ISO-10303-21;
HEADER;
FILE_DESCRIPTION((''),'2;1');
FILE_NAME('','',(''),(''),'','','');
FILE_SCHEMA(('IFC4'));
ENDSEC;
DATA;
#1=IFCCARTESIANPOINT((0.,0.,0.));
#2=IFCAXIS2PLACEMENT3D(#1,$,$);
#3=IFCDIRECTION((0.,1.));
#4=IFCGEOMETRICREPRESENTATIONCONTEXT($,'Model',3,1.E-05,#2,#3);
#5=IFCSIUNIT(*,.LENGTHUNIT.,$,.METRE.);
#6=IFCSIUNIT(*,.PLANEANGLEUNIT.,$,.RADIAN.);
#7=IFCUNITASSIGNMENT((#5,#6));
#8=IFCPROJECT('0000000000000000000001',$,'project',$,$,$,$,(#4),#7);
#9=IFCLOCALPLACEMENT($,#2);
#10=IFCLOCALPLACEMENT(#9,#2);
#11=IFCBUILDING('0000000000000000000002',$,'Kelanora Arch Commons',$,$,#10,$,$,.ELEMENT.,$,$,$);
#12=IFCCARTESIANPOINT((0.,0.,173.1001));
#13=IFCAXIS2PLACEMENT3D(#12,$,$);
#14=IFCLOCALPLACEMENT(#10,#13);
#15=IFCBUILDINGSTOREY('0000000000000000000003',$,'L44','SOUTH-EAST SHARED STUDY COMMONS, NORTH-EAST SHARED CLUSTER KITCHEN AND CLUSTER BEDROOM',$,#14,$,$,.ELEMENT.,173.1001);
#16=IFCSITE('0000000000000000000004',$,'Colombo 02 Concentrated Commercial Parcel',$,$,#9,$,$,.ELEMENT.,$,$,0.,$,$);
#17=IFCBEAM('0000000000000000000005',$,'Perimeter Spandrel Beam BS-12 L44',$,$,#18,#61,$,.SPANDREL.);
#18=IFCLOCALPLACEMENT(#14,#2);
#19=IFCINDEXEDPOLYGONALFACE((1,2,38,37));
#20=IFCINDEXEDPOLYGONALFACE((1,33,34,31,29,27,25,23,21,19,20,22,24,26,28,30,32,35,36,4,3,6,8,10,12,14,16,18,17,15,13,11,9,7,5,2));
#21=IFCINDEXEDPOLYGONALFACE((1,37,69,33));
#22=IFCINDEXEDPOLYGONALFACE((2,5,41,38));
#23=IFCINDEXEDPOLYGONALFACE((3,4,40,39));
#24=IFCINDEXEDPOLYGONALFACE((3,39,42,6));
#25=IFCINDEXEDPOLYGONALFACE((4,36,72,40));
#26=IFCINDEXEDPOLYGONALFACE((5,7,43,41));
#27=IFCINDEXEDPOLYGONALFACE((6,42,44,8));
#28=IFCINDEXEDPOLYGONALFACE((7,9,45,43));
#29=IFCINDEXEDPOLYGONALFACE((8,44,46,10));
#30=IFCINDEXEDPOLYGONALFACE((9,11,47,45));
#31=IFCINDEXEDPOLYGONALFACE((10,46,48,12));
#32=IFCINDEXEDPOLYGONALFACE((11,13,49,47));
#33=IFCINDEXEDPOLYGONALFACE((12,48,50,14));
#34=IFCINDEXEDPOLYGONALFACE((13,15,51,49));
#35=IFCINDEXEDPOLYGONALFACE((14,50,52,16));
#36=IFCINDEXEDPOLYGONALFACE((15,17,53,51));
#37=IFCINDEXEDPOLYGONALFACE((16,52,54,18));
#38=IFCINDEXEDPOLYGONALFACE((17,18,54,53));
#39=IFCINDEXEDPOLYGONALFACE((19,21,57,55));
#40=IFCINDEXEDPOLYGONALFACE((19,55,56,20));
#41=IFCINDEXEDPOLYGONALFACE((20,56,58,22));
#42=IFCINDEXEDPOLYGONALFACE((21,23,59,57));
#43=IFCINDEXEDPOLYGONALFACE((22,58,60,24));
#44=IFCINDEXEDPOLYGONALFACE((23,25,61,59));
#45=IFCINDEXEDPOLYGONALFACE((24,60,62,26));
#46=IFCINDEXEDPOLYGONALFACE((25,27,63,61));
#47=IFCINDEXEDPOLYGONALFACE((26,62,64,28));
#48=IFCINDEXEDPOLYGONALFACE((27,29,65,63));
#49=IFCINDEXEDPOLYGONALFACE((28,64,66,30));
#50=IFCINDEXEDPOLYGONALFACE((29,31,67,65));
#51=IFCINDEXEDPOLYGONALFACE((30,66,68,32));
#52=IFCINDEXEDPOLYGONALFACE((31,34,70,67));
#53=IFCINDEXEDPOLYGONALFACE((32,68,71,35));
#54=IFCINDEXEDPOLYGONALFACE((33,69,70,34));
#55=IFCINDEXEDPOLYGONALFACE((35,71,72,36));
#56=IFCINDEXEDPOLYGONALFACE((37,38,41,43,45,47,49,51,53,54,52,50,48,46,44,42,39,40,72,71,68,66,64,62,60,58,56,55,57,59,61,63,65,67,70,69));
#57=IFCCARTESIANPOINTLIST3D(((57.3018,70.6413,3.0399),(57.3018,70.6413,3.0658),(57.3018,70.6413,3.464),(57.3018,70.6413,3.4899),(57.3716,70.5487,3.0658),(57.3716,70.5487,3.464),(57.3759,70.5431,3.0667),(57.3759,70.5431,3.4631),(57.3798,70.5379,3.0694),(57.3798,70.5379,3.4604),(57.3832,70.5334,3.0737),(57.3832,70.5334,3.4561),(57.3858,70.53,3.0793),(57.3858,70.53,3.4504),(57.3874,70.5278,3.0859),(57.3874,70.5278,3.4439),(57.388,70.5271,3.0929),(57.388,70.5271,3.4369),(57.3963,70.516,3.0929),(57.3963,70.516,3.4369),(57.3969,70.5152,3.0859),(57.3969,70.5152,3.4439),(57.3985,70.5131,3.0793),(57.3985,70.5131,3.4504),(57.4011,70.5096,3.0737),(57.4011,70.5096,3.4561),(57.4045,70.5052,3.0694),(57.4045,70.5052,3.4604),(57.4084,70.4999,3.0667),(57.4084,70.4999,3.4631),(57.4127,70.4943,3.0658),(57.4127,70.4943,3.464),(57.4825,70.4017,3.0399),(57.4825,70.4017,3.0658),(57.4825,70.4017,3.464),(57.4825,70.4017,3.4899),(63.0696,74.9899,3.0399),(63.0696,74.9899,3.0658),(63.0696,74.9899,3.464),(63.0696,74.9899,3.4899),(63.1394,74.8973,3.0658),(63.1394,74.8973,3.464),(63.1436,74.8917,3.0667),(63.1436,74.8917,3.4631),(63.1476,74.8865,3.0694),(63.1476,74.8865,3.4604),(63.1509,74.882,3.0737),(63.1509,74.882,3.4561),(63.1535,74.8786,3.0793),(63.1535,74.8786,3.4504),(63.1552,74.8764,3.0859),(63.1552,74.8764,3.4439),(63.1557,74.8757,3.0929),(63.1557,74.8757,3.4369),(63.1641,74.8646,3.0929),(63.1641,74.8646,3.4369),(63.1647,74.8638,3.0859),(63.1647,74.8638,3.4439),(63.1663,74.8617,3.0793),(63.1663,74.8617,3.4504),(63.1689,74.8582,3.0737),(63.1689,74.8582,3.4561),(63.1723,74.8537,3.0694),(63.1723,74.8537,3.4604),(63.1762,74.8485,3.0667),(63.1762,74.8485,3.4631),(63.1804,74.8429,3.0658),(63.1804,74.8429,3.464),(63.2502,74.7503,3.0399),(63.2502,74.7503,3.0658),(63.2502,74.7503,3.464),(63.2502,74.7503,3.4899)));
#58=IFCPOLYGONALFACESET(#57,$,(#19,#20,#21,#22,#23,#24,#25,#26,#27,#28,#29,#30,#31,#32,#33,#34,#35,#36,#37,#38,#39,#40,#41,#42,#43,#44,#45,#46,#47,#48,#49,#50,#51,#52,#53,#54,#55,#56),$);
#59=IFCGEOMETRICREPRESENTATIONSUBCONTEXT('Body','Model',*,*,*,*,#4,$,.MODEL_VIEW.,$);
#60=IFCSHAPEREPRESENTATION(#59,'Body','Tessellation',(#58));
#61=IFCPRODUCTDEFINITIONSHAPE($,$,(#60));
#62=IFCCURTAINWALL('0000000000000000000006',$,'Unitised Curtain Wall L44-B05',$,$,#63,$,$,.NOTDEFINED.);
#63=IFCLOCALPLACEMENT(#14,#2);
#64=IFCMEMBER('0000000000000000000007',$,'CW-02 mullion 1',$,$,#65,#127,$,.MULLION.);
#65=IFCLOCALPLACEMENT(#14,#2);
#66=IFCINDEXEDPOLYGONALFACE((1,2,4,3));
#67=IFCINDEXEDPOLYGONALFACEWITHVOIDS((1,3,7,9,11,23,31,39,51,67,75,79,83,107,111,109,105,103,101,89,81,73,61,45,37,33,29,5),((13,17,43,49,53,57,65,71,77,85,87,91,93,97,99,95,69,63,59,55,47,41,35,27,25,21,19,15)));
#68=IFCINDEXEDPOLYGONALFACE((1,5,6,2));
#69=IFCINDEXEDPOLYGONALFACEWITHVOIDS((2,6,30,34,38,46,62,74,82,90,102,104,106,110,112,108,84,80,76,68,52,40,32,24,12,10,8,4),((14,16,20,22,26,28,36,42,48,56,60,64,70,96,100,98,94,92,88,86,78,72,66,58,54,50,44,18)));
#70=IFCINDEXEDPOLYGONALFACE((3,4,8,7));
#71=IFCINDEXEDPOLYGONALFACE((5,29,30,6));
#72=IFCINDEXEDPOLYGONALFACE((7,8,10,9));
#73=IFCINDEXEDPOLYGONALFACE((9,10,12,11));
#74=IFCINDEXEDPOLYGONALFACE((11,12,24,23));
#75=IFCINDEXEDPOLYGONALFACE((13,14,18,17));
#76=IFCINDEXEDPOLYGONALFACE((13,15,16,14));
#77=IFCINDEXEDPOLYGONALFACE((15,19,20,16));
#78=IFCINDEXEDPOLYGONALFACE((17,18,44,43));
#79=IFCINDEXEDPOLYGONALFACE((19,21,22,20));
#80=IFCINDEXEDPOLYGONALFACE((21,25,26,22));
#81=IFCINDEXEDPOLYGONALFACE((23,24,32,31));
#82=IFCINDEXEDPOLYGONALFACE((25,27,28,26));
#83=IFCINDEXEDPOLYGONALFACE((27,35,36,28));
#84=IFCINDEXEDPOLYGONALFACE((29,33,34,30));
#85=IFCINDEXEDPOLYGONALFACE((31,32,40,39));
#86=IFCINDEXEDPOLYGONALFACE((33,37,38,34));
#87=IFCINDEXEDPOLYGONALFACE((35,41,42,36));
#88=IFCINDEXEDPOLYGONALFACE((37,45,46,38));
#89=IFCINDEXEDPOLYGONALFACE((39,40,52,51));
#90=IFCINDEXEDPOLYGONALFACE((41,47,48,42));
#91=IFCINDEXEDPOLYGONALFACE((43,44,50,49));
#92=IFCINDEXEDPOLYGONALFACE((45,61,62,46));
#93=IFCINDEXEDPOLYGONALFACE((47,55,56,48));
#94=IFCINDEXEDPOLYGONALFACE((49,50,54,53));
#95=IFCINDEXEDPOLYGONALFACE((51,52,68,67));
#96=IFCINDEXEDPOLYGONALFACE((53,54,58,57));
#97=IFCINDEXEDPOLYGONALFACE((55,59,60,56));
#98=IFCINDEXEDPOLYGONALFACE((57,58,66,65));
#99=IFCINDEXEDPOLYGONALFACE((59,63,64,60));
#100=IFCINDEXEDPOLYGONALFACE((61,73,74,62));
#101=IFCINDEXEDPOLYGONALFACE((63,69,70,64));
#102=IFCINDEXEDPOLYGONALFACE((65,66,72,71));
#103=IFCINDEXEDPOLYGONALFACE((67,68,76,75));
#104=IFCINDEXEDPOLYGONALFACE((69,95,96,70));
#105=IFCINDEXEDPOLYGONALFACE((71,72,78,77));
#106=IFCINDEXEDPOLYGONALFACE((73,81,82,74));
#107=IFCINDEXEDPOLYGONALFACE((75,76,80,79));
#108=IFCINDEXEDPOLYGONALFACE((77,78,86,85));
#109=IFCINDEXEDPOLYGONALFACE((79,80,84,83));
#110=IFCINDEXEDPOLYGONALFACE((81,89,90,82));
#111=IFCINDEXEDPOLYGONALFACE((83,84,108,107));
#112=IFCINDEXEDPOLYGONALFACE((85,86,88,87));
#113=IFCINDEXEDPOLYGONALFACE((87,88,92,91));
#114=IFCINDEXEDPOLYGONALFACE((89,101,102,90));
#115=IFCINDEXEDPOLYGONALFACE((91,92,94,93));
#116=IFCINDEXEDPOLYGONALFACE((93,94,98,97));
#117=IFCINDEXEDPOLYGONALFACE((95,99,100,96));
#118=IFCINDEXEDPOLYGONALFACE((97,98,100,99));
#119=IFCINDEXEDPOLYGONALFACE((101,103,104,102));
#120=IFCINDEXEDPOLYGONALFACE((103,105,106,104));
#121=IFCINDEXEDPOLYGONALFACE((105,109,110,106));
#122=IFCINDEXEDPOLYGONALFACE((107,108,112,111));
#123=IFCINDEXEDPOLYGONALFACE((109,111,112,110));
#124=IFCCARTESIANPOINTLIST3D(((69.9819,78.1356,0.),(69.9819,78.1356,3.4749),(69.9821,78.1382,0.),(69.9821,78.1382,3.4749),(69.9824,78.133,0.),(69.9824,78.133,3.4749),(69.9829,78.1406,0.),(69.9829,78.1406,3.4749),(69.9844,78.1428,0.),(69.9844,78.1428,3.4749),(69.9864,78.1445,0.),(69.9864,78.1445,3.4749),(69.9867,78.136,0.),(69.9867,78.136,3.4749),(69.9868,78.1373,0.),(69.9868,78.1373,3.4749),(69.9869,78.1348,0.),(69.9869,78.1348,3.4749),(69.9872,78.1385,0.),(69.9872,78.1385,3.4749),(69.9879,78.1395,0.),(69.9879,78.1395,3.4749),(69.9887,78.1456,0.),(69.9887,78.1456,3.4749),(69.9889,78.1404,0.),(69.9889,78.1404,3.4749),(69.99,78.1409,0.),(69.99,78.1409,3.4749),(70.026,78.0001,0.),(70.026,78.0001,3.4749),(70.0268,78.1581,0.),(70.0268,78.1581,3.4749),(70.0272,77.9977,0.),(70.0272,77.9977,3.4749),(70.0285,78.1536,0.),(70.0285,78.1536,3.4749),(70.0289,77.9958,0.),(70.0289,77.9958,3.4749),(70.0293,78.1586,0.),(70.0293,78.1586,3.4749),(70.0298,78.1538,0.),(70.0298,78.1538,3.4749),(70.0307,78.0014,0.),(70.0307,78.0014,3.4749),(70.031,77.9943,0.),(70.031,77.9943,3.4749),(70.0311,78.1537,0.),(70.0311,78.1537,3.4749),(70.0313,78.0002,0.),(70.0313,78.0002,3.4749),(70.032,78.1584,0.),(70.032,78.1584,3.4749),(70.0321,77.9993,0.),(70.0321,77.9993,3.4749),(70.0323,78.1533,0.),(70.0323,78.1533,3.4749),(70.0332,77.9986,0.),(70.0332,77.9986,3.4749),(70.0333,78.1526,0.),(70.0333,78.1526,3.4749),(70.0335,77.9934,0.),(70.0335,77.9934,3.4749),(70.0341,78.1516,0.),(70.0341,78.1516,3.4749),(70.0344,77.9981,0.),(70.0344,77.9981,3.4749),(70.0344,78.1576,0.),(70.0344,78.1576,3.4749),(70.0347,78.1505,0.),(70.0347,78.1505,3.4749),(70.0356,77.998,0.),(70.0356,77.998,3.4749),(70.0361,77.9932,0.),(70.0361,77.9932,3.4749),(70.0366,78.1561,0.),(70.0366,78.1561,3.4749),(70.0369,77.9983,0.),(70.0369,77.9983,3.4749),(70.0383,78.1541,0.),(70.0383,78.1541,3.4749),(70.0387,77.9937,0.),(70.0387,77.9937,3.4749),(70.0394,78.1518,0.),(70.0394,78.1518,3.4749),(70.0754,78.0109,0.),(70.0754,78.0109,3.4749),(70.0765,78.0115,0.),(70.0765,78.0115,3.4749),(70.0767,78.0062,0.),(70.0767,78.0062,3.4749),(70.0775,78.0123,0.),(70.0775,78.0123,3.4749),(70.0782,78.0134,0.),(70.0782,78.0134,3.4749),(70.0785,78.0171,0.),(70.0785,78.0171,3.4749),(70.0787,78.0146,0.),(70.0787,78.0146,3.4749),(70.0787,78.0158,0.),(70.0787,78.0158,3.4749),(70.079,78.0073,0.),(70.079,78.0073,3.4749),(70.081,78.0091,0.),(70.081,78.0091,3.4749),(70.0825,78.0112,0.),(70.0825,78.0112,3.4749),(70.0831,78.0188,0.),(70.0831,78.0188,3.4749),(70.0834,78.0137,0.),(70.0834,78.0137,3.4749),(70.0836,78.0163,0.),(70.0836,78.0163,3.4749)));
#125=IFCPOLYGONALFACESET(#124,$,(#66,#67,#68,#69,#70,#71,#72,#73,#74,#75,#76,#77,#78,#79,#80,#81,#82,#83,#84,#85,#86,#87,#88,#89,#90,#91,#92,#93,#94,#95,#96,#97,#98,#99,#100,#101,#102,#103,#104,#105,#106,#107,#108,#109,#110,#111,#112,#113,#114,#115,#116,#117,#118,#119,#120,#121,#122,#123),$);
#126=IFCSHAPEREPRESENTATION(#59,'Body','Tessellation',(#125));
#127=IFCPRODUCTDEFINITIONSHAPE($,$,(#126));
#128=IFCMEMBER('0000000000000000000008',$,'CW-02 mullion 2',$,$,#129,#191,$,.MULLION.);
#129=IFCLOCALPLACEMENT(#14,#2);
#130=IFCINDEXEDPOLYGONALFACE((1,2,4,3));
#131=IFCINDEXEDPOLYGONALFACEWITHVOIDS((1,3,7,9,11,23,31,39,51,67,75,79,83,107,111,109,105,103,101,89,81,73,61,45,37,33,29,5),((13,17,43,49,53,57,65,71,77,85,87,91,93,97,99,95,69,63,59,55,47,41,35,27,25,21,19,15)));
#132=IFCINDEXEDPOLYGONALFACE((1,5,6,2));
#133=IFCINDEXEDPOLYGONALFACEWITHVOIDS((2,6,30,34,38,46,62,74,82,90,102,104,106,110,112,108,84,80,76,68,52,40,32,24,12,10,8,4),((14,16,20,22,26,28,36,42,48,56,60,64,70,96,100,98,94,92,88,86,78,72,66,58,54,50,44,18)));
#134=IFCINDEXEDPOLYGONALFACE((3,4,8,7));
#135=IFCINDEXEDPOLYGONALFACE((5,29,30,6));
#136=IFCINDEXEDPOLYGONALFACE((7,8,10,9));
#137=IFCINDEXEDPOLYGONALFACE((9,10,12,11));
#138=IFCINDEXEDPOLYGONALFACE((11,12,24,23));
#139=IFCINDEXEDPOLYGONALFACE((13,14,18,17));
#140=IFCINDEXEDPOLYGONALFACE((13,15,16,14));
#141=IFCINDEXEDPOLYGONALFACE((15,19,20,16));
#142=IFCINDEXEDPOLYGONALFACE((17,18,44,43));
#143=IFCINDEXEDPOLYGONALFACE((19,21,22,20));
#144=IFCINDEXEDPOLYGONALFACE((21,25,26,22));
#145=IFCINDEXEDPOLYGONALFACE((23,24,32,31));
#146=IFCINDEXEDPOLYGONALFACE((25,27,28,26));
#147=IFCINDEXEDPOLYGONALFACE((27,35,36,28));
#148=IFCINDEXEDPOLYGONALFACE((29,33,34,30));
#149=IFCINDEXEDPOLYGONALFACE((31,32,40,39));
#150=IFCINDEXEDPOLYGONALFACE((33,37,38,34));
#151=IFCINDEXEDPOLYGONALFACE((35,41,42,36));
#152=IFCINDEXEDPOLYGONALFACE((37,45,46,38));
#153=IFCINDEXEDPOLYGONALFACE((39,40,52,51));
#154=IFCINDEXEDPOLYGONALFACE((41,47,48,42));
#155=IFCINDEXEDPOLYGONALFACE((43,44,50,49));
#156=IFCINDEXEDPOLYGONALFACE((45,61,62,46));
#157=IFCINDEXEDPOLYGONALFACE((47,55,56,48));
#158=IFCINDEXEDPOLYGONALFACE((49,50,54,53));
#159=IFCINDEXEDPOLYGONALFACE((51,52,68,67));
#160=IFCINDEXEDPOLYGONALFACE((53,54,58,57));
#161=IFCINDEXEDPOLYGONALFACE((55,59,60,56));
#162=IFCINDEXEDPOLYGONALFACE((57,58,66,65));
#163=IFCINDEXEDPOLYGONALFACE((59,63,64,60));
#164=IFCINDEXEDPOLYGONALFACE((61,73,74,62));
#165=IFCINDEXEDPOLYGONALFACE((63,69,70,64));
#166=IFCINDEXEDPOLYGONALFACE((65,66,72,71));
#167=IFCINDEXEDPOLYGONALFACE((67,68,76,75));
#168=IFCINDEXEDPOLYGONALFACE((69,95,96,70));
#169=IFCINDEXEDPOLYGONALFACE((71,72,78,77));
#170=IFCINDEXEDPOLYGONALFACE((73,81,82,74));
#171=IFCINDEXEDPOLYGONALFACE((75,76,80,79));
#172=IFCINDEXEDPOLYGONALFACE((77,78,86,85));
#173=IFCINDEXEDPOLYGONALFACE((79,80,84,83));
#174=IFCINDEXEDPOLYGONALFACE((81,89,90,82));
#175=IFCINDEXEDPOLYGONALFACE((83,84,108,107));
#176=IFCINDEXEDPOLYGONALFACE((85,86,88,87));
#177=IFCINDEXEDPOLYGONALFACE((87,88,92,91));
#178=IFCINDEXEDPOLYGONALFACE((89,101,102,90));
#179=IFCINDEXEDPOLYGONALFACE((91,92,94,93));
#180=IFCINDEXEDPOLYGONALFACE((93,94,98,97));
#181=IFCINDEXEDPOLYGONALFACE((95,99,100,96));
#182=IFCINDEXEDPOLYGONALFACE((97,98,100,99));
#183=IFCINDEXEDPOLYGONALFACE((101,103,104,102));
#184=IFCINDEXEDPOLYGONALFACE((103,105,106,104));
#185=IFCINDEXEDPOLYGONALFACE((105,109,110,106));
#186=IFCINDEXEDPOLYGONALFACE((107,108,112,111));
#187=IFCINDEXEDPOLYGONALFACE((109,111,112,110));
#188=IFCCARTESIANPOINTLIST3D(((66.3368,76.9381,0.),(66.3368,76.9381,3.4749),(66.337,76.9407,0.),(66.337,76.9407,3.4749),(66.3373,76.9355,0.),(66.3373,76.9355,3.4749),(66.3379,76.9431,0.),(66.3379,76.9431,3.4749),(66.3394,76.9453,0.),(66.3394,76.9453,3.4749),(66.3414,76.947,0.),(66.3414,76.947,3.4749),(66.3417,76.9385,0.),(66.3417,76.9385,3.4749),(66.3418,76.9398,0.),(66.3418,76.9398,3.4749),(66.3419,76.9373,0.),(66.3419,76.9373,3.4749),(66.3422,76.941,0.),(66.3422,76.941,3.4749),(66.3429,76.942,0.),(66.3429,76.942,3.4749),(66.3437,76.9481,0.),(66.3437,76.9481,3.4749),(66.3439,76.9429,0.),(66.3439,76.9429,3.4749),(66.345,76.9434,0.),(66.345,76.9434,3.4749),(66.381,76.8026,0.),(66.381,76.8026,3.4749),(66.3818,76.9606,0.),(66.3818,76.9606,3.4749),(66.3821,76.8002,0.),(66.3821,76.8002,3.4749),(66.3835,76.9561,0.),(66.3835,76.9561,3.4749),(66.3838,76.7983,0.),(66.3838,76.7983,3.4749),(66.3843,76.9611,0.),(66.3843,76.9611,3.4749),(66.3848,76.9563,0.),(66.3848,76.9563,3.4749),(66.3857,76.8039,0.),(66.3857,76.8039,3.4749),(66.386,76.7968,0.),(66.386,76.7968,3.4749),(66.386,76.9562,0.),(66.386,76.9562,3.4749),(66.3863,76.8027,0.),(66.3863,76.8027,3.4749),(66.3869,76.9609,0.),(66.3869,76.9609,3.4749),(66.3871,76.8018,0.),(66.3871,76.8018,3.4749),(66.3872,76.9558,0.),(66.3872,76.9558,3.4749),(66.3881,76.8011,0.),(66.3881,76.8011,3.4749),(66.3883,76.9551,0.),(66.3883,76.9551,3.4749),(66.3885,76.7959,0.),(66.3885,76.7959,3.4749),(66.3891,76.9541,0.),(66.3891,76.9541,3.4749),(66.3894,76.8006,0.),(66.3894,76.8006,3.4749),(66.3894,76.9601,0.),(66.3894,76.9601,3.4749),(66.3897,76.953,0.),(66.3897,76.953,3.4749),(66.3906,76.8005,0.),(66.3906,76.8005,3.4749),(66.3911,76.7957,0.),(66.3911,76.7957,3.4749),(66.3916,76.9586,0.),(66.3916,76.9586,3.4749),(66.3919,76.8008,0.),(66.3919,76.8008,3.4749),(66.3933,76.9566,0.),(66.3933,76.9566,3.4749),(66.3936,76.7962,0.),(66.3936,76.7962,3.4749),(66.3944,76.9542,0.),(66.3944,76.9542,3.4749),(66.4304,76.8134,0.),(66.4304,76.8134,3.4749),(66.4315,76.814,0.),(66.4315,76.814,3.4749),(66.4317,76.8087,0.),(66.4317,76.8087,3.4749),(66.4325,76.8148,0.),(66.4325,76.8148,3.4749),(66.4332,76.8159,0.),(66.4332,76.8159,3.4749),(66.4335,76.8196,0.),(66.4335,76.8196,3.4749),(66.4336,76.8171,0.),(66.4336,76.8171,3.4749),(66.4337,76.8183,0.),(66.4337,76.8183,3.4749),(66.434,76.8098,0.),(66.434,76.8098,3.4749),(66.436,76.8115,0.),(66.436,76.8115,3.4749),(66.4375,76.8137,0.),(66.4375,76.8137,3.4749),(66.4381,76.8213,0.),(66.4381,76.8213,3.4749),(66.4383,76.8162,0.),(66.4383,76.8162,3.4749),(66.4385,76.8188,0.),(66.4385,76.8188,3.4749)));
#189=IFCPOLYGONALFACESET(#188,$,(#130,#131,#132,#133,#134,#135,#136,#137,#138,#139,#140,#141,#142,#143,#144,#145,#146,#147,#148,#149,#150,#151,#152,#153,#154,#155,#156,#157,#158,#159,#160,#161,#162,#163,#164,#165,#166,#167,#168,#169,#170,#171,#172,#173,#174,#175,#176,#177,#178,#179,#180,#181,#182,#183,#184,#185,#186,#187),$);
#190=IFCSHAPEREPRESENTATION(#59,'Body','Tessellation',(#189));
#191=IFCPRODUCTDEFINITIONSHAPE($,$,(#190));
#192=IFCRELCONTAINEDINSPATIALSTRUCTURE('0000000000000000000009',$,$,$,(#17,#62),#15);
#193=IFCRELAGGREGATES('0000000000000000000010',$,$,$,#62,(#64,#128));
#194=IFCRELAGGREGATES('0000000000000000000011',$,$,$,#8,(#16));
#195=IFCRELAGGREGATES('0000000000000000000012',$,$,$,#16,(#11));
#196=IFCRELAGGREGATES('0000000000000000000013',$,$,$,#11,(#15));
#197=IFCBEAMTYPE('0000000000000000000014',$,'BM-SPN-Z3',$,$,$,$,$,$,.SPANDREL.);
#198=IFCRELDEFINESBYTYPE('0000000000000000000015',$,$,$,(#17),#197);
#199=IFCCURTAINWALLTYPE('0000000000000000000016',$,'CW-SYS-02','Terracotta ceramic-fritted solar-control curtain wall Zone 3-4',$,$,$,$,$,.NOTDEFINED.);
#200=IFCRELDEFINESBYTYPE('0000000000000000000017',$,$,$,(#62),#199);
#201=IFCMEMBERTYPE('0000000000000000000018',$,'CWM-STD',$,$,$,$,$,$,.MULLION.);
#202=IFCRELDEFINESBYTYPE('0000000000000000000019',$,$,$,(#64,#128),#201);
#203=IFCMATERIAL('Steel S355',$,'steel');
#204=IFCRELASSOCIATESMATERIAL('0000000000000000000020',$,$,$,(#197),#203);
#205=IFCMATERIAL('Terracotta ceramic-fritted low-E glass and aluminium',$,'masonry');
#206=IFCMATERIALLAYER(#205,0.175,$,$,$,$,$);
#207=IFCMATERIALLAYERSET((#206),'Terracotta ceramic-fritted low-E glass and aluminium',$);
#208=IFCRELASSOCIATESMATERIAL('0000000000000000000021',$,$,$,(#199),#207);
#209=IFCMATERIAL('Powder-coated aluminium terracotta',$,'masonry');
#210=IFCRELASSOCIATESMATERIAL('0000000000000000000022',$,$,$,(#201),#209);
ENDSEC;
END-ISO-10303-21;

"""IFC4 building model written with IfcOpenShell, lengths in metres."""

from ifc_helpers import new_model, si_unit, direction, frame, origin, origin_2d, place, context, subcontext, project, spatial, hollow_rectangle, i_section, extrude, material, layer, layer_set, material_profile, profile_set, type_object, element, aggregate, save


model = new_model("IFC4")

# Units and contexts
model_context = context("Model", 3, precision=1e-05, world=origin(), true_north=direction((0.0, 1.0)))
body_context = subcontext(model_context, "Body", "Model", "MODEL_VIEW")
ifc_project = project(units=[si_unit("LENGTHUNIT", "METRE"), si_unit("PLANEANGLEUNIT", "RADIAN")], contexts=[model_context])

# Site, building, storey
site_placement = place(None, origin())
site = spatial("IfcSite", under=ifc_project, at=site_placement, Name="Colombo 02 Concentrated Commercial Parcel", CompositionType="ELEMENT", RefElevation=0.0)
building_placement = place(site_placement, origin())
building = spatial("IfcBuilding", under=site, at=building_placement, Name="Kelanora Arch Commons", CompositionType="ELEMENT")
storey_placement = place(building_placement, frame((0.0, 0.0, 173.1001)))
storey = spatial("IfcBuildingStorey", under=building, at=storey_placement, Name="L44", Description="SOUTH-EAST SHARED STUDY COMMONS, NORTH-EAST SHARED CLUSTER KITCHEN AND CLUSTER BEDROOM", CompositionType="ELEMENT", Elevation=173.1001)

# Beam
ifc_material_1 = material(Name="Steel S355", Category="steel")
ifc_material_profile_1 = material_profile(ifc_material_1, i_section(OverallWidth=0.3, OverallDepth=0.45, WebThickness=0.0139, FlangeThickness=0.0259, FilletRadius=0.0271, at=origin_2d()), Name="HEB450")
ifc_profile_set_1 = profile_set([ifc_material_profile_1], Name="Steel S355")
beam_type_1 = type_object("IfcBeamType", Name="BM-SPN-Z3", PredefinedType="SPANDREL", material=ifc_profile_set_1)
beam_1_placement = place(storey_placement, frame((63.1599, 74.8701, 3.2649), z_axis=(-0.798485, -0.602015, 0.0), x_axis=(0.602015, -0.798485, 0.0)))
element("IfcBeam", 1, at=beam_1_placement, inside=storey, type_object=beam_type_1, Name="Perimeter Spandrel Beam BS-12 L44", PredefinedType="SPANDREL", context=body_context, shape_type="SweptSolid", body=[
    extrude(i_section(OverallWidth=0.3, OverallDepth=0.45, WebThickness=0.0139, FlangeThickness=0.0259, FilletRadius=0.0271, at=origin_2d()), origin(), (0.0, 0.0, 1.0), 7.2234),
])

# Curtain wall, members
ifc_material_2 = material(Name="Terracotta ceramic-fritted low-E glass and aluminium", Category="masonry")
ifc_layer_1 = layer(ifc_material_2, 0.175)
ifc_layer_set_1 = layer_set([ifc_layer_1], Name="Terracotta ceramic-fritted low-E glass and aluminium")
curtain_wall_type = type_object("IfcCurtainWallType", Name="CW-SYS-02", Description="Terracotta ceramic-fritted solar-control curtain wall Zone 3-4", PredefinedType="NOTDEFINED", material=ifc_layer_set_1)
curtain_wall_placement = place(storey_placement, origin())
curtain_wall = element("IfcCurtainWall", 2, at=curtain_wall_placement, inside=storey, type_object=curtain_wall_type, Name="Unitised Curtain Wall L44-B05", PredefinedType="NOTDEFINED")
ifc_material_3 = material(Name="Powder-coated aluminium terracotta", Category="masonry")
ifc_material_profile_2 = material_profile(ifc_material_3, hollow_rectangle(XDim=0.1599, YDim=0.0601, WallThickness=0.0049, InnerFilletRadius=0.0049, OuterFilletRadius=0.01, at=origin_2d()), Name="CWM160x60")
ifc_profile_set_2 = profile_set([ifc_material_profile_2], Name="Powder-coated aluminium terracotta")
member_type_1 = type_object("IfcMemberType", Name="CWM-STD", PredefinedType="MULLION", material=ifc_profile_set_2)
member_1_placement = place(storey_placement, frame((70.0327, 78.0759, 0.0), z_axis=(0.0, 0.0, 1.0), x_axis=(0.312128, -0.95004, 0.0)))
member_1 = element("IfcMember", 3, at=member_1_placement, type_object=member_type_1, Name="CW-02 mullion 1", PredefinedType="MULLION", context=body_context, shape_type="SweptSolid", body=[
    extrude(hollow_rectangle(XDim=0.1599, YDim=0.0601, WallThickness=0.0049, InnerFilletRadius=0.0049, OuterFilletRadius=0.01, at=origin_2d()), origin(), (0.0, 0.0, 1.0), 3.4749),
])
member_2_placement = place(storey_placement, frame((66.3877, 76.8784, 0.0), z_axis=(0.0, 0.0, 1.0), x_axis=(0.312128, -0.95004, 0.0)))
member_2 = element("IfcMember", 4, at=member_2_placement, type_object=member_type_1, Name="CW-02 mullion 2", PredefinedType="MULLION", context=body_context, shape_type="SweptSolid", body=[
    extrude(hollow_rectangle(XDim=0.1599, YDim=0.0601, WallThickness=0.0049, InnerFilletRadius=0.0049, OuterFilletRadius=0.01, at=origin_2d()), origin(), (0.0, 0.0, 1.0), 3.4749),
])
aggregate(curtain_wall, [member_1, member_2])

save(model, "model.ifc")
